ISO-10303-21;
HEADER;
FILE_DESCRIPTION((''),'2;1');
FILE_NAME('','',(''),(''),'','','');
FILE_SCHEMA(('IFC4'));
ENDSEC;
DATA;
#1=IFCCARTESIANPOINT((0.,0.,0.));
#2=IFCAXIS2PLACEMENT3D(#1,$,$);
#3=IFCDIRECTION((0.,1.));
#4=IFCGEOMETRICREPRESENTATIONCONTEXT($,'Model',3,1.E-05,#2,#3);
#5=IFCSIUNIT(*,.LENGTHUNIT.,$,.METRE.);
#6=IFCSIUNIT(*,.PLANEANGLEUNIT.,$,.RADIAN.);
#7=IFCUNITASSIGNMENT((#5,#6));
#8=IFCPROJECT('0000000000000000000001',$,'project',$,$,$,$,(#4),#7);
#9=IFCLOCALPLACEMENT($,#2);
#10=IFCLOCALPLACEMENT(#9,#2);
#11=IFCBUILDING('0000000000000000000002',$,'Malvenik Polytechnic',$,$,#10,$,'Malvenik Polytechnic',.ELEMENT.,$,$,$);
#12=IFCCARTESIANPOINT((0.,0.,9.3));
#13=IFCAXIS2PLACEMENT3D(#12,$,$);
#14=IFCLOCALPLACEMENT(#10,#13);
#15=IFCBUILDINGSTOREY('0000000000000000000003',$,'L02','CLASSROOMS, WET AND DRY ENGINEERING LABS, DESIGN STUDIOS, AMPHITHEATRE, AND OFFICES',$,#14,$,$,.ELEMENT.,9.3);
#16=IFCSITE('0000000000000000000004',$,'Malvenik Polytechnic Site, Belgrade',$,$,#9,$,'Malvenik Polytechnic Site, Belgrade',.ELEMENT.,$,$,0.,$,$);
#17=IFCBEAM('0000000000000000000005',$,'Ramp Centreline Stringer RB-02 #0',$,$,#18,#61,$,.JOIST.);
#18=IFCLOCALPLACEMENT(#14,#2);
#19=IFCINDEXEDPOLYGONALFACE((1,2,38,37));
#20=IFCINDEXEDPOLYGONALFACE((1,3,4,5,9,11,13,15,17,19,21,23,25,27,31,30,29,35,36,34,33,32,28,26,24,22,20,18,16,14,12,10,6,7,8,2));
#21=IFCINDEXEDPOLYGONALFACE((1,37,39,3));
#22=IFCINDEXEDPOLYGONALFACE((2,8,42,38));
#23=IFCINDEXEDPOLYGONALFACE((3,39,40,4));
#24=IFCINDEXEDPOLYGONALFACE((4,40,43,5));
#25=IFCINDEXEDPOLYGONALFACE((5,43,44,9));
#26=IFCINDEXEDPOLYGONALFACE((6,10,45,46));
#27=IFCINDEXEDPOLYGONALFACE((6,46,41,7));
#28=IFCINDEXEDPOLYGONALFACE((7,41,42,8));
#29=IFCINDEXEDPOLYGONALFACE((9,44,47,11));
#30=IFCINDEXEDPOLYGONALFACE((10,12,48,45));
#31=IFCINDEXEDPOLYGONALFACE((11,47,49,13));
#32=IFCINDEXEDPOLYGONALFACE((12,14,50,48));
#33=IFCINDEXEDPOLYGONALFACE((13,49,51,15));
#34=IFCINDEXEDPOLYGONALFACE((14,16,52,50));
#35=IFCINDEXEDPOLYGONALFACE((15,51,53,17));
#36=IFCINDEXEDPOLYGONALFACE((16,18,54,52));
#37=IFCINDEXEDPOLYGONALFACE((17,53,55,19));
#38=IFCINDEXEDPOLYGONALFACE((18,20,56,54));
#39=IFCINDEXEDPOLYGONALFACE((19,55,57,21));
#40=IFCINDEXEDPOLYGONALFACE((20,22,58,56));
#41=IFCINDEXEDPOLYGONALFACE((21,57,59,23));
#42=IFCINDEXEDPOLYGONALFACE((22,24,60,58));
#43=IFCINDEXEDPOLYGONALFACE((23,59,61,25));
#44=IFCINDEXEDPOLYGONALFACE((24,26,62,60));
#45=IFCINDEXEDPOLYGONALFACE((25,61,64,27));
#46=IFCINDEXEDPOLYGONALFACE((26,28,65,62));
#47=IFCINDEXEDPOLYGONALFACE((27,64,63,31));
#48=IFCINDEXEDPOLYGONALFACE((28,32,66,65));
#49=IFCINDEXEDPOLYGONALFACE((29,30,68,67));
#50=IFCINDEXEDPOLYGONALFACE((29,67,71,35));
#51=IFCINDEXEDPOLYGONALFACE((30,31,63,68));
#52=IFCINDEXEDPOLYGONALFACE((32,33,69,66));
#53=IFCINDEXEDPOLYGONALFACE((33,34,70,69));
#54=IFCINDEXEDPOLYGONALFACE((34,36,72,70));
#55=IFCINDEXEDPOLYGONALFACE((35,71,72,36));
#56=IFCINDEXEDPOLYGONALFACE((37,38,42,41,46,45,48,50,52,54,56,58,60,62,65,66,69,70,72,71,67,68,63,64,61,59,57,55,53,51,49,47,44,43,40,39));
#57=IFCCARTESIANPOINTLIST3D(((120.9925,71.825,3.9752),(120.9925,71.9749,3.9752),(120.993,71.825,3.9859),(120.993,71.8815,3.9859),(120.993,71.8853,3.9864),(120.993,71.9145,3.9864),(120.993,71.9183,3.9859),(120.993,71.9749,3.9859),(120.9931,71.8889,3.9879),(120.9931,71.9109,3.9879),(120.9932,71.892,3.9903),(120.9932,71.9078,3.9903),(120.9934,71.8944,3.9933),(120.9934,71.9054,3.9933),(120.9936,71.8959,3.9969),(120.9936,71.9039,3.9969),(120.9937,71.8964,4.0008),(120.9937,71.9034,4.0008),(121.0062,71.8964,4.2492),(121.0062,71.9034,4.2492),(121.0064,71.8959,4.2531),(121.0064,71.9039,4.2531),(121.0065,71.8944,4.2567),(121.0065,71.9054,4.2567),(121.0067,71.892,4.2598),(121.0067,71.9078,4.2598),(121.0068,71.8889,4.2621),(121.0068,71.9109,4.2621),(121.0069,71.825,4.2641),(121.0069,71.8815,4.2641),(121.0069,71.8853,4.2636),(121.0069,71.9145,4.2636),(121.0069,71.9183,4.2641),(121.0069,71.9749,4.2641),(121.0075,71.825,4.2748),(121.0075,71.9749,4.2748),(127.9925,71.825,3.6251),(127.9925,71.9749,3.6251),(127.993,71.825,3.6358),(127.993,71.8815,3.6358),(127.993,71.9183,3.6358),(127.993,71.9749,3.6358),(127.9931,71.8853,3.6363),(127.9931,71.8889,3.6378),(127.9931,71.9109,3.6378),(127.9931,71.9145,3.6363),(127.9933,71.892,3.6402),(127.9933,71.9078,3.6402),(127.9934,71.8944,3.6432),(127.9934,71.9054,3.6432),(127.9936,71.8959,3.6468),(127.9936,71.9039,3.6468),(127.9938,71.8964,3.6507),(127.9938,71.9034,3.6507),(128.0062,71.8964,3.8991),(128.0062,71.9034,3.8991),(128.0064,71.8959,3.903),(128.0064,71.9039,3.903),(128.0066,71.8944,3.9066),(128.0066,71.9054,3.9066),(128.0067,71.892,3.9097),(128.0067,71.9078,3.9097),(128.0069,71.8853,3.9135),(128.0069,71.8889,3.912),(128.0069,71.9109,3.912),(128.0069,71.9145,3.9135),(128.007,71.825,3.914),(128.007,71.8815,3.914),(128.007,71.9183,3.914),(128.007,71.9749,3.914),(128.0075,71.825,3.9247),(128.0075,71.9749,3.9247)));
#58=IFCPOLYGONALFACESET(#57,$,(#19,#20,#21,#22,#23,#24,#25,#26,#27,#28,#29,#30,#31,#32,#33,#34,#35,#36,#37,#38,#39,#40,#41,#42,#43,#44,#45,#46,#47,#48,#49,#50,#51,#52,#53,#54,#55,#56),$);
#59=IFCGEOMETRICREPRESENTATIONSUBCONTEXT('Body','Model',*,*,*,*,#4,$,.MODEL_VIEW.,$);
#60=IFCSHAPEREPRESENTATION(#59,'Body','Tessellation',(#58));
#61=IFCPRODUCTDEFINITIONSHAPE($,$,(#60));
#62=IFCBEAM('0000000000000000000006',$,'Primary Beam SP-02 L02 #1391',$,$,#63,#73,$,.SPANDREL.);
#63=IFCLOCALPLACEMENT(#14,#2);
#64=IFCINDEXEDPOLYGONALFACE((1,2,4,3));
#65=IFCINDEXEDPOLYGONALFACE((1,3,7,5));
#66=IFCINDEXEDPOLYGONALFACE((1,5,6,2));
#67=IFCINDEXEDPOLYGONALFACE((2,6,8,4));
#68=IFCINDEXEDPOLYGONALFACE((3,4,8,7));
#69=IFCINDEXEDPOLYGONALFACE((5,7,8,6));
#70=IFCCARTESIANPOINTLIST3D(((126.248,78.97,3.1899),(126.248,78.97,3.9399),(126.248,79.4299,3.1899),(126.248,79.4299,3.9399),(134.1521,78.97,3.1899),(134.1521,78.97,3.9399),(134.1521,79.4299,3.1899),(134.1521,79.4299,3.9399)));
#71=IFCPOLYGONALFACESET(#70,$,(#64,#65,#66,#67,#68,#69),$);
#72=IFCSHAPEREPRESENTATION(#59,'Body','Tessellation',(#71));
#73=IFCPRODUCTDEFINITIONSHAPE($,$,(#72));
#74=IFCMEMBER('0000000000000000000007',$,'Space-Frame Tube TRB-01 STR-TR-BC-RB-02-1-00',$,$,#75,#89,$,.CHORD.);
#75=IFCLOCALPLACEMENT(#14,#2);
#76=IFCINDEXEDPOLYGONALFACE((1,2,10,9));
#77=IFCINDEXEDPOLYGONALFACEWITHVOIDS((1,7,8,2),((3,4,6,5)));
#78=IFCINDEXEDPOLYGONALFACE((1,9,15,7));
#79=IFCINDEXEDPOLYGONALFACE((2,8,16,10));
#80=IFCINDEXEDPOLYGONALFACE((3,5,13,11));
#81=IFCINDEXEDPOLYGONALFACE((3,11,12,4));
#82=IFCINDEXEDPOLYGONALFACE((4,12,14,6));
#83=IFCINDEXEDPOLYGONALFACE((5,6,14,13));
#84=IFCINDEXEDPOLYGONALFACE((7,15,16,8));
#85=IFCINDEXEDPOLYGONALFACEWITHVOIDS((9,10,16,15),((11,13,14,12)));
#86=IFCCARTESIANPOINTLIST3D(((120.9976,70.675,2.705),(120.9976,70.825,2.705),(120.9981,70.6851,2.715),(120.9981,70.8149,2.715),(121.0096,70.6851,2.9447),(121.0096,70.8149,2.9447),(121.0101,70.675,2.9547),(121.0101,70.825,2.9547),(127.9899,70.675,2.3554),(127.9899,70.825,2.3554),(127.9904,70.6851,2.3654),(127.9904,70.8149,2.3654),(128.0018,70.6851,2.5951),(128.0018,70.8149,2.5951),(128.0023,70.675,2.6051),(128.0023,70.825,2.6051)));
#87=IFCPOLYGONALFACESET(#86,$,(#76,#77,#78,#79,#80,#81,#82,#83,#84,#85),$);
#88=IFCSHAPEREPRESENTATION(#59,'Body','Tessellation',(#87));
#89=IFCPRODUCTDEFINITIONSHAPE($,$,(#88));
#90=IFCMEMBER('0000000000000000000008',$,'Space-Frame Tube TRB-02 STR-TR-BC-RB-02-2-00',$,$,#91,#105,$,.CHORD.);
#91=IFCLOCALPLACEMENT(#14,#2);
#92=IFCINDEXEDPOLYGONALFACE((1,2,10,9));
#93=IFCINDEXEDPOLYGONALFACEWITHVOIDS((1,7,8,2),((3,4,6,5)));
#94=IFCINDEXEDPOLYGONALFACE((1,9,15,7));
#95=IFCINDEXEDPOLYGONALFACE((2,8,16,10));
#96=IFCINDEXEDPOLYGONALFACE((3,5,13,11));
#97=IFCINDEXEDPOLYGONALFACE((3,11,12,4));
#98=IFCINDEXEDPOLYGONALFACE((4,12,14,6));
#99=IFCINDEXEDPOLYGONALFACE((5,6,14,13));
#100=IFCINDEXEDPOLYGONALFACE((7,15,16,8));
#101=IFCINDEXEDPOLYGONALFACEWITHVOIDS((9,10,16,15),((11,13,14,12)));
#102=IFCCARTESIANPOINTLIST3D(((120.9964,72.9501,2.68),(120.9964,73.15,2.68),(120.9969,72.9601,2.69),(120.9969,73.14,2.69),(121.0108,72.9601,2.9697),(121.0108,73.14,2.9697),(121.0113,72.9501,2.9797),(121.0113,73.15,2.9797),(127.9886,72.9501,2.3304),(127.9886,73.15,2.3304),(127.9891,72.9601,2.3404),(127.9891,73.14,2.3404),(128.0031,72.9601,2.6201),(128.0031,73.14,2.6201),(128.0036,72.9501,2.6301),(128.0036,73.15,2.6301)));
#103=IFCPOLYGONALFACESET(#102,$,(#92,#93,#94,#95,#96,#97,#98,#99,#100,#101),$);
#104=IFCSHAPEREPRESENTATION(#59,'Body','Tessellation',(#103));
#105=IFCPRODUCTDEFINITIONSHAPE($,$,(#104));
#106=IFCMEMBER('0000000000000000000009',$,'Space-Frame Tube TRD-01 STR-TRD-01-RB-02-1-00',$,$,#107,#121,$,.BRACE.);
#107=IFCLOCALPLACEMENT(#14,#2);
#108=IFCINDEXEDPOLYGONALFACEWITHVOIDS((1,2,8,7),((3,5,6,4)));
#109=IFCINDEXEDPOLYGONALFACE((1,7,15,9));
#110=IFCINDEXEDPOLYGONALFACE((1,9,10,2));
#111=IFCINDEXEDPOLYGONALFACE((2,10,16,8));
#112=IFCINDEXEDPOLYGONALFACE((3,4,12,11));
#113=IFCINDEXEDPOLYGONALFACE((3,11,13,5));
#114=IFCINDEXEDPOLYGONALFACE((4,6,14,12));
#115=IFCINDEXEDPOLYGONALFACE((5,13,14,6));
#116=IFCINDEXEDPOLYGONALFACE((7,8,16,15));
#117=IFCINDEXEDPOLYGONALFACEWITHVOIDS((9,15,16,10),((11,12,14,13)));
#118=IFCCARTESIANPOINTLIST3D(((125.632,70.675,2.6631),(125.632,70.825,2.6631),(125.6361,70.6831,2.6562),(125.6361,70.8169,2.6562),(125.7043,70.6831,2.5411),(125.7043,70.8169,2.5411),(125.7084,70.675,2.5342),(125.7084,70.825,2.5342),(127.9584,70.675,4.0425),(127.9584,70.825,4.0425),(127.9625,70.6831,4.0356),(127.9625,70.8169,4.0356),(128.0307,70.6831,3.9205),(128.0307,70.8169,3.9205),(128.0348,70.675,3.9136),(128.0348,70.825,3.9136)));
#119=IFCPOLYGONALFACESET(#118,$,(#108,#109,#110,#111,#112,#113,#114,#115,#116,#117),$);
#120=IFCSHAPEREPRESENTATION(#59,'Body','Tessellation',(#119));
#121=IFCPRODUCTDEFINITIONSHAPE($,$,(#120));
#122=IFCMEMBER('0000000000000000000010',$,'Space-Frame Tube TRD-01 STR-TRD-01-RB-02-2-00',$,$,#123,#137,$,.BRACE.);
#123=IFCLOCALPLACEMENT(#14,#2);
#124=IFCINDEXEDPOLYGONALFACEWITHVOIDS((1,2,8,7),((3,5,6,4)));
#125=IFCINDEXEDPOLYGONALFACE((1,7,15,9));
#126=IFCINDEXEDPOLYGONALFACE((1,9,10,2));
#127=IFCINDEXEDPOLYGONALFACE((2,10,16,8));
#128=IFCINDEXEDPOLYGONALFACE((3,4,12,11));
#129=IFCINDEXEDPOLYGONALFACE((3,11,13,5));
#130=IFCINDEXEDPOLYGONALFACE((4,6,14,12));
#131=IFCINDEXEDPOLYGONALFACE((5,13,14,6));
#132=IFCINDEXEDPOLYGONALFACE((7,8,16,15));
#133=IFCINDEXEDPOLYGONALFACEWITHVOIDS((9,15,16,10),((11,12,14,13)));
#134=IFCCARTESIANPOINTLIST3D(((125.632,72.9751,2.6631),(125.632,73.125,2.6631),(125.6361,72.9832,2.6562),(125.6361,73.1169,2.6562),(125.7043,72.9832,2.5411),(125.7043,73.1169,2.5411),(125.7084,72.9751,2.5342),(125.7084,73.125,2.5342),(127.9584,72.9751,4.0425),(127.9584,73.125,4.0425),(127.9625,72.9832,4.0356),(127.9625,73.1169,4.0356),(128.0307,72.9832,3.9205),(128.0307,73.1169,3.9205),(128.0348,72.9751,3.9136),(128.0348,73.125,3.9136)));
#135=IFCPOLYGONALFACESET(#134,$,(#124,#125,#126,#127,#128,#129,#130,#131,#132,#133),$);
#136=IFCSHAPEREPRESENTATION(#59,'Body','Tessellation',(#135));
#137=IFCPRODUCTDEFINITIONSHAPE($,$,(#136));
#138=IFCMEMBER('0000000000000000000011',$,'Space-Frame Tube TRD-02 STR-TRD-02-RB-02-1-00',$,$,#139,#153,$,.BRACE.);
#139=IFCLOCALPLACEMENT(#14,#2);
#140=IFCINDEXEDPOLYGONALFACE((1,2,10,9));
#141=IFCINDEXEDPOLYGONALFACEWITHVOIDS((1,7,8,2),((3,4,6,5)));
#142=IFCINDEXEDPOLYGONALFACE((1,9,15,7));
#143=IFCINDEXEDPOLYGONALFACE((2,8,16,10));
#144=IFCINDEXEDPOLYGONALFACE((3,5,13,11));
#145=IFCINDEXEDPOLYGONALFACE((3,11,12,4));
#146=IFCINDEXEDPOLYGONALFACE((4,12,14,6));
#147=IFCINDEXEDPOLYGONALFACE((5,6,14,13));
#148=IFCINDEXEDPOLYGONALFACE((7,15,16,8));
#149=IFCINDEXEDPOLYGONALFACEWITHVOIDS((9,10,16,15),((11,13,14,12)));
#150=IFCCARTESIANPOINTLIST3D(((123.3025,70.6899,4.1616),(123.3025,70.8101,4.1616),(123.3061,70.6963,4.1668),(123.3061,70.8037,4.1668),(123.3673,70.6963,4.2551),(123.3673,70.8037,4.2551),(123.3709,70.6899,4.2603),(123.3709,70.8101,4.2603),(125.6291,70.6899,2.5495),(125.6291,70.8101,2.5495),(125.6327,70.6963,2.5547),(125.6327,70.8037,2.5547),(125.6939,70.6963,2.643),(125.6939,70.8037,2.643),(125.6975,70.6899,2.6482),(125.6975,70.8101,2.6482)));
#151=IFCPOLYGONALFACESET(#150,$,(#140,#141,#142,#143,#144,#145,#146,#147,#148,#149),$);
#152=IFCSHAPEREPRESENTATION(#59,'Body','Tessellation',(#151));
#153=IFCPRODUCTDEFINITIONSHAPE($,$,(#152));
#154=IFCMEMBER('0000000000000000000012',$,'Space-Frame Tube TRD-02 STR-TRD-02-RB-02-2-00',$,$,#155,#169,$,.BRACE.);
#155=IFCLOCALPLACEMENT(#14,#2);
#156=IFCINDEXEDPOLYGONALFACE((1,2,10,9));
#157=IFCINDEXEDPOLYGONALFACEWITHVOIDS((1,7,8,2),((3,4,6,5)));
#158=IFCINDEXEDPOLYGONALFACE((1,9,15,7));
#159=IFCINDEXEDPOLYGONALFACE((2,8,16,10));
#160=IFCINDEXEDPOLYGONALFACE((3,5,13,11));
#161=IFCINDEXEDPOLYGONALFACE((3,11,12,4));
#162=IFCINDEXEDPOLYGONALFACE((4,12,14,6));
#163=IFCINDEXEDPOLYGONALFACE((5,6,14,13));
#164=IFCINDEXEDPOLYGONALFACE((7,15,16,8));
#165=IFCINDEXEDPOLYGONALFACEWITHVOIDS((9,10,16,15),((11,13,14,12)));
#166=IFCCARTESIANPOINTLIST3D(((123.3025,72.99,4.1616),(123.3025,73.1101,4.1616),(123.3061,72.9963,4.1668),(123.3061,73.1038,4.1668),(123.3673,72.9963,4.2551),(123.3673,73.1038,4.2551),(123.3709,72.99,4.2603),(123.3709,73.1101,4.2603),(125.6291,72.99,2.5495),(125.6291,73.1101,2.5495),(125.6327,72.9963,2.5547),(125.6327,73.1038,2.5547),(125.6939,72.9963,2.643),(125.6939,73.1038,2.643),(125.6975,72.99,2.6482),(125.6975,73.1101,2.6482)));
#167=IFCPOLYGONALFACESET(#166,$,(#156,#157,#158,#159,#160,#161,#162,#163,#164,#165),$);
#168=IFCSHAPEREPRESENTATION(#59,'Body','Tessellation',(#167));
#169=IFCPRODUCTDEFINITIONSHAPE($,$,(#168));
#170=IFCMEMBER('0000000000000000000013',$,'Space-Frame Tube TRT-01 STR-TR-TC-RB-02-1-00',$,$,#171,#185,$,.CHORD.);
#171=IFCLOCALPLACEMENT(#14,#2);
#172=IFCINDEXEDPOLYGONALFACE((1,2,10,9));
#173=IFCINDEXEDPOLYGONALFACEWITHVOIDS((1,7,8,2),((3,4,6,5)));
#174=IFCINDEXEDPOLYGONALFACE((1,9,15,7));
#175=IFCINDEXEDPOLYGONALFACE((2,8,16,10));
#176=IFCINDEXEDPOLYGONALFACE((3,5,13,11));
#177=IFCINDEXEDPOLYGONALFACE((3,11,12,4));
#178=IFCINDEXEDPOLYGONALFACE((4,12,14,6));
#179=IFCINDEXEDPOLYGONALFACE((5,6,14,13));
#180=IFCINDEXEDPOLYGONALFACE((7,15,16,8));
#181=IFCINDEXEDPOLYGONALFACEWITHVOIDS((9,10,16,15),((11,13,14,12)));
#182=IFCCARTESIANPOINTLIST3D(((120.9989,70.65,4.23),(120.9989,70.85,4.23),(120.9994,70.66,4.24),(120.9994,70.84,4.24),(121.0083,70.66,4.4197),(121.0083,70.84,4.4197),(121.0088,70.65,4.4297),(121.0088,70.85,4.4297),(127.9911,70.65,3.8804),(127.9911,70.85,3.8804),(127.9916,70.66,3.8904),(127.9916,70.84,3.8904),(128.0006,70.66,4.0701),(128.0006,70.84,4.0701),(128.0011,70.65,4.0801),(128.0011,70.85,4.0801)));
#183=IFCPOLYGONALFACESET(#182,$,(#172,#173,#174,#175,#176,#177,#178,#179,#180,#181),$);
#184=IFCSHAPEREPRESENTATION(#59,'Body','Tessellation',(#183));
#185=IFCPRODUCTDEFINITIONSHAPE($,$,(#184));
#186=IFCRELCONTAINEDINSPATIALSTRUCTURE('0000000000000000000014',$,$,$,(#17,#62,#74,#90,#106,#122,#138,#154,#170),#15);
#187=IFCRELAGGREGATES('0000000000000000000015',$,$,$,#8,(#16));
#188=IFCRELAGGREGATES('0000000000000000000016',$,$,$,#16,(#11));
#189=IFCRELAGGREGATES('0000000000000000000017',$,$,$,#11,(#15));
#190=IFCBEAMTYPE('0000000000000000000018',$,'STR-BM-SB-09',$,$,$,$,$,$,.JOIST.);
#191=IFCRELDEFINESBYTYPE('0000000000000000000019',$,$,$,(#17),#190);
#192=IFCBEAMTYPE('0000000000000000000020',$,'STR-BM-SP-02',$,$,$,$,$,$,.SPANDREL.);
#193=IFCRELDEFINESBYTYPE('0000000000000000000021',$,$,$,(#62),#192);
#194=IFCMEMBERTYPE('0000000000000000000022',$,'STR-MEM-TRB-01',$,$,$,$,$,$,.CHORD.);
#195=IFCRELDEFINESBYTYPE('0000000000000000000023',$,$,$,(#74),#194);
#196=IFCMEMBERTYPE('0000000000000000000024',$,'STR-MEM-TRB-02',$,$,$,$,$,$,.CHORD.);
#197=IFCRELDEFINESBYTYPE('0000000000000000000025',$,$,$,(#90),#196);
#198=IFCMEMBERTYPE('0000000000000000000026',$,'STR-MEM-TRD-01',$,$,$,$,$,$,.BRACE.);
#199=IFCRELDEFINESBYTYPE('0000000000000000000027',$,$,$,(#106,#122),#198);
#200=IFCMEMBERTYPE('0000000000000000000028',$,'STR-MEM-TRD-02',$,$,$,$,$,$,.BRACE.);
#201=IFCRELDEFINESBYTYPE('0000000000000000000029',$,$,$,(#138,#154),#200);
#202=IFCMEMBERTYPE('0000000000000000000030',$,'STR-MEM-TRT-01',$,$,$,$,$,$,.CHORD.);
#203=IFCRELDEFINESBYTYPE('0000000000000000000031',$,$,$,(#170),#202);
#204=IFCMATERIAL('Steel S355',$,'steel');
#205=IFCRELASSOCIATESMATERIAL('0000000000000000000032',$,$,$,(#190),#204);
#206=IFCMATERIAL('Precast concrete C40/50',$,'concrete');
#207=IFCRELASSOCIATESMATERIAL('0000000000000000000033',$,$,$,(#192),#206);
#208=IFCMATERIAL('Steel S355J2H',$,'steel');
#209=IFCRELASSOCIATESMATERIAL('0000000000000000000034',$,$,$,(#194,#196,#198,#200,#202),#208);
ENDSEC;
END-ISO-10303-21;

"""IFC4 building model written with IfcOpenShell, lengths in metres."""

from ifc_helpers import new_model, si_unit, direction, frame, origin, origin_2d, place, context, subcontext, project, spatial, rectangle, hollow_rectangle, i_section, extrude, material, material_profile, profile_set, type_object, element, save


model = new_model("IFC4")

# Units and contexts
model_context = context("Model", 3, precision=1e-05, world=origin(), true_north=direction((0.0, 1.0)))
body_context = subcontext(model_context, "Body", "Model", "MODEL_VIEW")
ifc_project = project(units=[si_unit("LENGTHUNIT", "METRE"), si_unit("PLANEANGLEUNIT", "RADIAN")], contexts=[model_context])

# Site, building, storey
site_placement = place(None, origin())
site = spatial("IfcSite", under=ifc_project, at=site_placement, Name="Malvenik Polytechnic Site, Belgrade", LongName="Malvenik Polytechnic Site, Belgrade", CompositionType="ELEMENT", RefElevation=0.0)
building_placement = place(site_placement, origin())
building = spatial("IfcBuilding", under=site, at=building_placement, Name="Malvenik Polytechnic", LongName="Malvenik Polytechnic", CompositionType="ELEMENT")
storey_placement = place(building_placement, frame((0.0, 0.0, 9.3)))
storey = spatial("IfcBuildingStorey", under=building, at=storey_placement, Name="L02", Description="CLASSROOMS, WET AND DRY ENGINEERING LABS, DESIGN STUDIOS, AMPHITHEATRE, AND OFFICES", CompositionType="ELEMENT", Elevation=9.3)

# Shared definitions
ifc_material_1 = material(Name="Steel S355J2H", Category="steel")

# Beams
ifc_material_2 = material(Name="Steel S355", Category="steel")
ifc_material_profile_1 = material_profile(ifc_material_2, i_section(OverallWidth=0.1499, OverallDepth=0.3, WebThickness=0.0071, FlangeThickness=0.0107, FilletRadius=0.0149, at=origin_2d()), Name="IPE 300")
ifc_profile_set_1 = profile_set([ifc_material_profile_1], Name="Steel S355")
beam_type_1 = type_object("IfcBeamType", Name="STR-BM-SB-09", PredefinedType="JOIST", material=ifc_profile_set_1)
beam_1_placement = place(storey_placement, frame((128.0, 71.8999, 3.7749), z_axis=(-0.998752, 0.0, 0.049952), x_axis=(0.0, -1.0, 0.0)))
element("IfcBeam", 1, at=beam_1_placement, inside=storey, type_object=beam_type_1, Name="Ramp Centreline Stringer RB-02 #0", PredefinedType="JOIST", context=body_context, shape_type="SweptSolid", body=[
    extrude(i_section(OverallWidth=0.1499, OverallDepth=0.3, WebThickness=0.0071, FlangeThickness=0.0107, FilletRadius=0.0149, at=origin_2d()), origin(), (0.0, 0.0, 1.0), 7.0088),
])
ifc_material_3 = material(Name="Precast concrete C40/50", Category="concrete")
ifc_material_profile_2 = material_profile(ifc_material_3, rectangle(XDim=0.46, YDim=0.75, at=origin_2d()), Name="PC SPN 460x750")
ifc_profile_set_2 = profile_set([ifc_material_profile_2], Name="Precast concrete C40/50")
beam_type_2 = type_object("IfcBeamType", Name="STR-BM-SP-02", PredefinedType="SPANDREL", material=ifc_profile_set_2)
beam_2_placement = place(storey_placement, frame((126.248, 79.2, 3.5649), z_axis=(1.0, 0.0, 0.0), x_axis=(0.0, 1.0, 0.0)))
element("IfcBeam", 2, at=beam_2_placement, inside=storey, type_object=beam_type_2, Name="Primary Beam SP-02 L02 #1391", PredefinedType="SPANDREL", context=body_context, shape_type="SweptSolid", body=[
    extrude(rectangle(XDim=0.46, YDim=0.75, at=origin_2d()), origin(), (0.0, 0.0, 1.0), 7.9041),
])

# Members
ifc_material_profile_3 = material_profile(ifc_material_1, hollow_rectangle(XDim=0.1499, YDim=0.25, WallThickness=0.01, at=origin_2d()), Name="RHS 250x150x10.0")
ifc_profile_set_3 = profile_set([ifc_material_profile_3], Name="Steel S355J2H")
member_type_1 = type_object("IfcMemberType", Name="STR-MEM-TRB-01", PredefinedType="CHORD", material=ifc_profile_set_3)
member_1_placement = place(storey_placement, frame((127.9961, 70.75, 2.4802), z_axis=(-0.998752, 0.0, 0.049938), x_axis=(0.0, -1.0, 0.0)))
element("IfcMember", 3, at=member_1_placement, inside=storey, type_object=member_type_1, Name="Space-Frame Tube TRB-01 STR-TR-BC-RB-02-1-00", PredefinedType="CHORD", context=body_context, shape_type="SweptSolid", body=[
    extrude(hollow_rectangle(XDim=0.1499, YDim=0.25, WallThickness=0.01, at=origin_2d()), origin(), (0.0, 0.0, 1.0), 7.001),
])
ifc_material_profile_4 = material_profile(ifc_material_1, hollow_rectangle(XDim=0.2, YDim=0.3, WallThickness=0.01, at=origin_2d()), Name="RHS 300x200x10.0")
ifc_profile_set_4 = profile_set([ifc_material_profile_4], Name="Steel S355J2H")
member_type_2 = type_object("IfcMemberType", Name="STR-MEM-TRB-02", PredefinedType="CHORD", material=ifc_profile_set_4)
member_2_placement = place(storey_placement, frame((127.9961, 73.05, 2.4802), z_axis=(-0.998752, 0.0, 0.049938), x_axis=(0.0, -1.0, 0.0)))
element("IfcMember", 4, at=member_2_placement, inside=storey, type_object=member_type_2, Name="Space-Frame Tube TRB-02 STR-TR-BC-RB-02-2-00", PredefinedType="CHORD", context=body_context, shape_type="SweptSolid", body=[
    extrude(hollow_rectangle(XDim=0.2, YDim=0.3, WallThickness=0.01, at=origin_2d()), origin(), (0.0, 0.0, 1.0), 7.001),
])
ifc_material_profile_5 = material_profile(ifc_material_1, hollow_rectangle(XDim=0.1499, YDim=0.1499, WallThickness=0.0081, at=origin_2d()), Name="SHS 150x150x8.0")
ifc_profile_set_5 = profile_set([ifc_material_profile_5], Name="Steel S355J2H")
member_type_3 = type_object("IfcMemberType", Name="STR-MEM-TRD-01", PredefinedType="BRACE", material=ifc_profile_set_5)
for number, where, z_axis, x_axis, name in (
    (5, (127.9966, 70.75, 3.978), (-0.860165, 0.0, -0.510015), (0.0, -1.0, 0.0), "Space-Frame Tube TRD-01 STR-TRD-01-RB-02-1-00"),
    (6, (127.9966, 73.05, 3.978), (-0.860165, 0.0, -0.510015), (0.0, -1.0, 0.0), "Space-Frame Tube TRD-01 STR-TRD-01-RB-02-2-00"),
):
    element("IfcMember", number, at=place(storey_placement, frame(where, z_axis=z_axis, x_axis=x_axis)), inside=storey, type_object=member_type_3, Name=name, PredefinedType="BRACE", context=body_context, shape_type="SweptSolid", body=[
        extrude(hollow_rectangle(XDim=0.1499, YDim=0.1499, WallThickness=0.0081, at=origin_2d()), origin(), (0.0, 0.0, 1.0), 2.7046),
    ])
ifc_material_profile_6 = material_profile(ifc_material_1, hollow_rectangle(XDim=0.1201, YDim=0.1201, WallThickness=0.0063, at=origin_2d()), Name="SHS 120x120x6.3")
ifc_profile_set_6 = profile_set([ifc_material_profile_6], Name="Steel S355J2H")
member_type_4 = type_object("IfcMemberType", Name="STR-MEM-TRD-02", PredefinedType="BRACE", material=ifc_profile_set_6)
for number, where, z_axis, x_axis, name in (
    (7, (125.6633, 70.75, 2.5989), (-0.821978, 0.0, 0.569519), (0.0, -1.0, 0.0), "Space-Frame Tube TRD-02 STR-TRD-02-RB-02-1-00"),
    (8, (125.6633, 73.05, 2.5989), (-0.821978, 0.0, 0.569519), (0.0, -1.0, 0.0), "Space-Frame Tube TRD-02 STR-TRD-02-RB-02-2-00"),
):
    element("IfcMember", number, at=place(storey_placement, frame(where, z_axis=z_axis, x_axis=x_axis)), inside=storey, type_object=member_type_4, Name=name, PredefinedType="BRACE", context=body_context, shape_type="SweptSolid", body=[
        extrude(hollow_rectangle(XDim=0.1201, YDim=0.1201, WallThickness=0.0063, at=origin_2d()), origin(), (0.0, 0.0, 1.0), 2.8306),
    ])
ifc_material_profile_7 = material_profile(ifc_material_1, hollow_rectangle(XDim=0.2, YDim=0.2, WallThickness=0.01, at=origin_2d()), Name="SHS 200x200x10.0")
ifc_profile_set_7 = profile_set([ifc_material_profile_7], Name="Steel S355J2H")
member_type_5 = type_object("IfcMemberType", Name="STR-MEM-TRT-01", PredefinedType="CHORD", material=ifc_profile_set_7)
member_3_placement = place(storey_placement, frame((127.9961, 70.75, 3.9802), z_axis=(-0.998752, 0.0, 0.049938), x_axis=(0.0, -1.0, 0.0)))
element("IfcMember", 9, at=member_3_placement, inside=storey, type_object=member_type_5, Name="Space-Frame Tube TRT-01 STR-TR-TC-RB-02-1-00", PredefinedType="CHORD", context=body_context, shape_type="SweptSolid", body=[
    extrude(hollow_rectangle(XDim=0.2, YDim=0.2, WallThickness=0.01, at=origin_2d()), origin(), (0.0, 0.0, 1.0), 7.001),
])

save(model, "model.ifc")
